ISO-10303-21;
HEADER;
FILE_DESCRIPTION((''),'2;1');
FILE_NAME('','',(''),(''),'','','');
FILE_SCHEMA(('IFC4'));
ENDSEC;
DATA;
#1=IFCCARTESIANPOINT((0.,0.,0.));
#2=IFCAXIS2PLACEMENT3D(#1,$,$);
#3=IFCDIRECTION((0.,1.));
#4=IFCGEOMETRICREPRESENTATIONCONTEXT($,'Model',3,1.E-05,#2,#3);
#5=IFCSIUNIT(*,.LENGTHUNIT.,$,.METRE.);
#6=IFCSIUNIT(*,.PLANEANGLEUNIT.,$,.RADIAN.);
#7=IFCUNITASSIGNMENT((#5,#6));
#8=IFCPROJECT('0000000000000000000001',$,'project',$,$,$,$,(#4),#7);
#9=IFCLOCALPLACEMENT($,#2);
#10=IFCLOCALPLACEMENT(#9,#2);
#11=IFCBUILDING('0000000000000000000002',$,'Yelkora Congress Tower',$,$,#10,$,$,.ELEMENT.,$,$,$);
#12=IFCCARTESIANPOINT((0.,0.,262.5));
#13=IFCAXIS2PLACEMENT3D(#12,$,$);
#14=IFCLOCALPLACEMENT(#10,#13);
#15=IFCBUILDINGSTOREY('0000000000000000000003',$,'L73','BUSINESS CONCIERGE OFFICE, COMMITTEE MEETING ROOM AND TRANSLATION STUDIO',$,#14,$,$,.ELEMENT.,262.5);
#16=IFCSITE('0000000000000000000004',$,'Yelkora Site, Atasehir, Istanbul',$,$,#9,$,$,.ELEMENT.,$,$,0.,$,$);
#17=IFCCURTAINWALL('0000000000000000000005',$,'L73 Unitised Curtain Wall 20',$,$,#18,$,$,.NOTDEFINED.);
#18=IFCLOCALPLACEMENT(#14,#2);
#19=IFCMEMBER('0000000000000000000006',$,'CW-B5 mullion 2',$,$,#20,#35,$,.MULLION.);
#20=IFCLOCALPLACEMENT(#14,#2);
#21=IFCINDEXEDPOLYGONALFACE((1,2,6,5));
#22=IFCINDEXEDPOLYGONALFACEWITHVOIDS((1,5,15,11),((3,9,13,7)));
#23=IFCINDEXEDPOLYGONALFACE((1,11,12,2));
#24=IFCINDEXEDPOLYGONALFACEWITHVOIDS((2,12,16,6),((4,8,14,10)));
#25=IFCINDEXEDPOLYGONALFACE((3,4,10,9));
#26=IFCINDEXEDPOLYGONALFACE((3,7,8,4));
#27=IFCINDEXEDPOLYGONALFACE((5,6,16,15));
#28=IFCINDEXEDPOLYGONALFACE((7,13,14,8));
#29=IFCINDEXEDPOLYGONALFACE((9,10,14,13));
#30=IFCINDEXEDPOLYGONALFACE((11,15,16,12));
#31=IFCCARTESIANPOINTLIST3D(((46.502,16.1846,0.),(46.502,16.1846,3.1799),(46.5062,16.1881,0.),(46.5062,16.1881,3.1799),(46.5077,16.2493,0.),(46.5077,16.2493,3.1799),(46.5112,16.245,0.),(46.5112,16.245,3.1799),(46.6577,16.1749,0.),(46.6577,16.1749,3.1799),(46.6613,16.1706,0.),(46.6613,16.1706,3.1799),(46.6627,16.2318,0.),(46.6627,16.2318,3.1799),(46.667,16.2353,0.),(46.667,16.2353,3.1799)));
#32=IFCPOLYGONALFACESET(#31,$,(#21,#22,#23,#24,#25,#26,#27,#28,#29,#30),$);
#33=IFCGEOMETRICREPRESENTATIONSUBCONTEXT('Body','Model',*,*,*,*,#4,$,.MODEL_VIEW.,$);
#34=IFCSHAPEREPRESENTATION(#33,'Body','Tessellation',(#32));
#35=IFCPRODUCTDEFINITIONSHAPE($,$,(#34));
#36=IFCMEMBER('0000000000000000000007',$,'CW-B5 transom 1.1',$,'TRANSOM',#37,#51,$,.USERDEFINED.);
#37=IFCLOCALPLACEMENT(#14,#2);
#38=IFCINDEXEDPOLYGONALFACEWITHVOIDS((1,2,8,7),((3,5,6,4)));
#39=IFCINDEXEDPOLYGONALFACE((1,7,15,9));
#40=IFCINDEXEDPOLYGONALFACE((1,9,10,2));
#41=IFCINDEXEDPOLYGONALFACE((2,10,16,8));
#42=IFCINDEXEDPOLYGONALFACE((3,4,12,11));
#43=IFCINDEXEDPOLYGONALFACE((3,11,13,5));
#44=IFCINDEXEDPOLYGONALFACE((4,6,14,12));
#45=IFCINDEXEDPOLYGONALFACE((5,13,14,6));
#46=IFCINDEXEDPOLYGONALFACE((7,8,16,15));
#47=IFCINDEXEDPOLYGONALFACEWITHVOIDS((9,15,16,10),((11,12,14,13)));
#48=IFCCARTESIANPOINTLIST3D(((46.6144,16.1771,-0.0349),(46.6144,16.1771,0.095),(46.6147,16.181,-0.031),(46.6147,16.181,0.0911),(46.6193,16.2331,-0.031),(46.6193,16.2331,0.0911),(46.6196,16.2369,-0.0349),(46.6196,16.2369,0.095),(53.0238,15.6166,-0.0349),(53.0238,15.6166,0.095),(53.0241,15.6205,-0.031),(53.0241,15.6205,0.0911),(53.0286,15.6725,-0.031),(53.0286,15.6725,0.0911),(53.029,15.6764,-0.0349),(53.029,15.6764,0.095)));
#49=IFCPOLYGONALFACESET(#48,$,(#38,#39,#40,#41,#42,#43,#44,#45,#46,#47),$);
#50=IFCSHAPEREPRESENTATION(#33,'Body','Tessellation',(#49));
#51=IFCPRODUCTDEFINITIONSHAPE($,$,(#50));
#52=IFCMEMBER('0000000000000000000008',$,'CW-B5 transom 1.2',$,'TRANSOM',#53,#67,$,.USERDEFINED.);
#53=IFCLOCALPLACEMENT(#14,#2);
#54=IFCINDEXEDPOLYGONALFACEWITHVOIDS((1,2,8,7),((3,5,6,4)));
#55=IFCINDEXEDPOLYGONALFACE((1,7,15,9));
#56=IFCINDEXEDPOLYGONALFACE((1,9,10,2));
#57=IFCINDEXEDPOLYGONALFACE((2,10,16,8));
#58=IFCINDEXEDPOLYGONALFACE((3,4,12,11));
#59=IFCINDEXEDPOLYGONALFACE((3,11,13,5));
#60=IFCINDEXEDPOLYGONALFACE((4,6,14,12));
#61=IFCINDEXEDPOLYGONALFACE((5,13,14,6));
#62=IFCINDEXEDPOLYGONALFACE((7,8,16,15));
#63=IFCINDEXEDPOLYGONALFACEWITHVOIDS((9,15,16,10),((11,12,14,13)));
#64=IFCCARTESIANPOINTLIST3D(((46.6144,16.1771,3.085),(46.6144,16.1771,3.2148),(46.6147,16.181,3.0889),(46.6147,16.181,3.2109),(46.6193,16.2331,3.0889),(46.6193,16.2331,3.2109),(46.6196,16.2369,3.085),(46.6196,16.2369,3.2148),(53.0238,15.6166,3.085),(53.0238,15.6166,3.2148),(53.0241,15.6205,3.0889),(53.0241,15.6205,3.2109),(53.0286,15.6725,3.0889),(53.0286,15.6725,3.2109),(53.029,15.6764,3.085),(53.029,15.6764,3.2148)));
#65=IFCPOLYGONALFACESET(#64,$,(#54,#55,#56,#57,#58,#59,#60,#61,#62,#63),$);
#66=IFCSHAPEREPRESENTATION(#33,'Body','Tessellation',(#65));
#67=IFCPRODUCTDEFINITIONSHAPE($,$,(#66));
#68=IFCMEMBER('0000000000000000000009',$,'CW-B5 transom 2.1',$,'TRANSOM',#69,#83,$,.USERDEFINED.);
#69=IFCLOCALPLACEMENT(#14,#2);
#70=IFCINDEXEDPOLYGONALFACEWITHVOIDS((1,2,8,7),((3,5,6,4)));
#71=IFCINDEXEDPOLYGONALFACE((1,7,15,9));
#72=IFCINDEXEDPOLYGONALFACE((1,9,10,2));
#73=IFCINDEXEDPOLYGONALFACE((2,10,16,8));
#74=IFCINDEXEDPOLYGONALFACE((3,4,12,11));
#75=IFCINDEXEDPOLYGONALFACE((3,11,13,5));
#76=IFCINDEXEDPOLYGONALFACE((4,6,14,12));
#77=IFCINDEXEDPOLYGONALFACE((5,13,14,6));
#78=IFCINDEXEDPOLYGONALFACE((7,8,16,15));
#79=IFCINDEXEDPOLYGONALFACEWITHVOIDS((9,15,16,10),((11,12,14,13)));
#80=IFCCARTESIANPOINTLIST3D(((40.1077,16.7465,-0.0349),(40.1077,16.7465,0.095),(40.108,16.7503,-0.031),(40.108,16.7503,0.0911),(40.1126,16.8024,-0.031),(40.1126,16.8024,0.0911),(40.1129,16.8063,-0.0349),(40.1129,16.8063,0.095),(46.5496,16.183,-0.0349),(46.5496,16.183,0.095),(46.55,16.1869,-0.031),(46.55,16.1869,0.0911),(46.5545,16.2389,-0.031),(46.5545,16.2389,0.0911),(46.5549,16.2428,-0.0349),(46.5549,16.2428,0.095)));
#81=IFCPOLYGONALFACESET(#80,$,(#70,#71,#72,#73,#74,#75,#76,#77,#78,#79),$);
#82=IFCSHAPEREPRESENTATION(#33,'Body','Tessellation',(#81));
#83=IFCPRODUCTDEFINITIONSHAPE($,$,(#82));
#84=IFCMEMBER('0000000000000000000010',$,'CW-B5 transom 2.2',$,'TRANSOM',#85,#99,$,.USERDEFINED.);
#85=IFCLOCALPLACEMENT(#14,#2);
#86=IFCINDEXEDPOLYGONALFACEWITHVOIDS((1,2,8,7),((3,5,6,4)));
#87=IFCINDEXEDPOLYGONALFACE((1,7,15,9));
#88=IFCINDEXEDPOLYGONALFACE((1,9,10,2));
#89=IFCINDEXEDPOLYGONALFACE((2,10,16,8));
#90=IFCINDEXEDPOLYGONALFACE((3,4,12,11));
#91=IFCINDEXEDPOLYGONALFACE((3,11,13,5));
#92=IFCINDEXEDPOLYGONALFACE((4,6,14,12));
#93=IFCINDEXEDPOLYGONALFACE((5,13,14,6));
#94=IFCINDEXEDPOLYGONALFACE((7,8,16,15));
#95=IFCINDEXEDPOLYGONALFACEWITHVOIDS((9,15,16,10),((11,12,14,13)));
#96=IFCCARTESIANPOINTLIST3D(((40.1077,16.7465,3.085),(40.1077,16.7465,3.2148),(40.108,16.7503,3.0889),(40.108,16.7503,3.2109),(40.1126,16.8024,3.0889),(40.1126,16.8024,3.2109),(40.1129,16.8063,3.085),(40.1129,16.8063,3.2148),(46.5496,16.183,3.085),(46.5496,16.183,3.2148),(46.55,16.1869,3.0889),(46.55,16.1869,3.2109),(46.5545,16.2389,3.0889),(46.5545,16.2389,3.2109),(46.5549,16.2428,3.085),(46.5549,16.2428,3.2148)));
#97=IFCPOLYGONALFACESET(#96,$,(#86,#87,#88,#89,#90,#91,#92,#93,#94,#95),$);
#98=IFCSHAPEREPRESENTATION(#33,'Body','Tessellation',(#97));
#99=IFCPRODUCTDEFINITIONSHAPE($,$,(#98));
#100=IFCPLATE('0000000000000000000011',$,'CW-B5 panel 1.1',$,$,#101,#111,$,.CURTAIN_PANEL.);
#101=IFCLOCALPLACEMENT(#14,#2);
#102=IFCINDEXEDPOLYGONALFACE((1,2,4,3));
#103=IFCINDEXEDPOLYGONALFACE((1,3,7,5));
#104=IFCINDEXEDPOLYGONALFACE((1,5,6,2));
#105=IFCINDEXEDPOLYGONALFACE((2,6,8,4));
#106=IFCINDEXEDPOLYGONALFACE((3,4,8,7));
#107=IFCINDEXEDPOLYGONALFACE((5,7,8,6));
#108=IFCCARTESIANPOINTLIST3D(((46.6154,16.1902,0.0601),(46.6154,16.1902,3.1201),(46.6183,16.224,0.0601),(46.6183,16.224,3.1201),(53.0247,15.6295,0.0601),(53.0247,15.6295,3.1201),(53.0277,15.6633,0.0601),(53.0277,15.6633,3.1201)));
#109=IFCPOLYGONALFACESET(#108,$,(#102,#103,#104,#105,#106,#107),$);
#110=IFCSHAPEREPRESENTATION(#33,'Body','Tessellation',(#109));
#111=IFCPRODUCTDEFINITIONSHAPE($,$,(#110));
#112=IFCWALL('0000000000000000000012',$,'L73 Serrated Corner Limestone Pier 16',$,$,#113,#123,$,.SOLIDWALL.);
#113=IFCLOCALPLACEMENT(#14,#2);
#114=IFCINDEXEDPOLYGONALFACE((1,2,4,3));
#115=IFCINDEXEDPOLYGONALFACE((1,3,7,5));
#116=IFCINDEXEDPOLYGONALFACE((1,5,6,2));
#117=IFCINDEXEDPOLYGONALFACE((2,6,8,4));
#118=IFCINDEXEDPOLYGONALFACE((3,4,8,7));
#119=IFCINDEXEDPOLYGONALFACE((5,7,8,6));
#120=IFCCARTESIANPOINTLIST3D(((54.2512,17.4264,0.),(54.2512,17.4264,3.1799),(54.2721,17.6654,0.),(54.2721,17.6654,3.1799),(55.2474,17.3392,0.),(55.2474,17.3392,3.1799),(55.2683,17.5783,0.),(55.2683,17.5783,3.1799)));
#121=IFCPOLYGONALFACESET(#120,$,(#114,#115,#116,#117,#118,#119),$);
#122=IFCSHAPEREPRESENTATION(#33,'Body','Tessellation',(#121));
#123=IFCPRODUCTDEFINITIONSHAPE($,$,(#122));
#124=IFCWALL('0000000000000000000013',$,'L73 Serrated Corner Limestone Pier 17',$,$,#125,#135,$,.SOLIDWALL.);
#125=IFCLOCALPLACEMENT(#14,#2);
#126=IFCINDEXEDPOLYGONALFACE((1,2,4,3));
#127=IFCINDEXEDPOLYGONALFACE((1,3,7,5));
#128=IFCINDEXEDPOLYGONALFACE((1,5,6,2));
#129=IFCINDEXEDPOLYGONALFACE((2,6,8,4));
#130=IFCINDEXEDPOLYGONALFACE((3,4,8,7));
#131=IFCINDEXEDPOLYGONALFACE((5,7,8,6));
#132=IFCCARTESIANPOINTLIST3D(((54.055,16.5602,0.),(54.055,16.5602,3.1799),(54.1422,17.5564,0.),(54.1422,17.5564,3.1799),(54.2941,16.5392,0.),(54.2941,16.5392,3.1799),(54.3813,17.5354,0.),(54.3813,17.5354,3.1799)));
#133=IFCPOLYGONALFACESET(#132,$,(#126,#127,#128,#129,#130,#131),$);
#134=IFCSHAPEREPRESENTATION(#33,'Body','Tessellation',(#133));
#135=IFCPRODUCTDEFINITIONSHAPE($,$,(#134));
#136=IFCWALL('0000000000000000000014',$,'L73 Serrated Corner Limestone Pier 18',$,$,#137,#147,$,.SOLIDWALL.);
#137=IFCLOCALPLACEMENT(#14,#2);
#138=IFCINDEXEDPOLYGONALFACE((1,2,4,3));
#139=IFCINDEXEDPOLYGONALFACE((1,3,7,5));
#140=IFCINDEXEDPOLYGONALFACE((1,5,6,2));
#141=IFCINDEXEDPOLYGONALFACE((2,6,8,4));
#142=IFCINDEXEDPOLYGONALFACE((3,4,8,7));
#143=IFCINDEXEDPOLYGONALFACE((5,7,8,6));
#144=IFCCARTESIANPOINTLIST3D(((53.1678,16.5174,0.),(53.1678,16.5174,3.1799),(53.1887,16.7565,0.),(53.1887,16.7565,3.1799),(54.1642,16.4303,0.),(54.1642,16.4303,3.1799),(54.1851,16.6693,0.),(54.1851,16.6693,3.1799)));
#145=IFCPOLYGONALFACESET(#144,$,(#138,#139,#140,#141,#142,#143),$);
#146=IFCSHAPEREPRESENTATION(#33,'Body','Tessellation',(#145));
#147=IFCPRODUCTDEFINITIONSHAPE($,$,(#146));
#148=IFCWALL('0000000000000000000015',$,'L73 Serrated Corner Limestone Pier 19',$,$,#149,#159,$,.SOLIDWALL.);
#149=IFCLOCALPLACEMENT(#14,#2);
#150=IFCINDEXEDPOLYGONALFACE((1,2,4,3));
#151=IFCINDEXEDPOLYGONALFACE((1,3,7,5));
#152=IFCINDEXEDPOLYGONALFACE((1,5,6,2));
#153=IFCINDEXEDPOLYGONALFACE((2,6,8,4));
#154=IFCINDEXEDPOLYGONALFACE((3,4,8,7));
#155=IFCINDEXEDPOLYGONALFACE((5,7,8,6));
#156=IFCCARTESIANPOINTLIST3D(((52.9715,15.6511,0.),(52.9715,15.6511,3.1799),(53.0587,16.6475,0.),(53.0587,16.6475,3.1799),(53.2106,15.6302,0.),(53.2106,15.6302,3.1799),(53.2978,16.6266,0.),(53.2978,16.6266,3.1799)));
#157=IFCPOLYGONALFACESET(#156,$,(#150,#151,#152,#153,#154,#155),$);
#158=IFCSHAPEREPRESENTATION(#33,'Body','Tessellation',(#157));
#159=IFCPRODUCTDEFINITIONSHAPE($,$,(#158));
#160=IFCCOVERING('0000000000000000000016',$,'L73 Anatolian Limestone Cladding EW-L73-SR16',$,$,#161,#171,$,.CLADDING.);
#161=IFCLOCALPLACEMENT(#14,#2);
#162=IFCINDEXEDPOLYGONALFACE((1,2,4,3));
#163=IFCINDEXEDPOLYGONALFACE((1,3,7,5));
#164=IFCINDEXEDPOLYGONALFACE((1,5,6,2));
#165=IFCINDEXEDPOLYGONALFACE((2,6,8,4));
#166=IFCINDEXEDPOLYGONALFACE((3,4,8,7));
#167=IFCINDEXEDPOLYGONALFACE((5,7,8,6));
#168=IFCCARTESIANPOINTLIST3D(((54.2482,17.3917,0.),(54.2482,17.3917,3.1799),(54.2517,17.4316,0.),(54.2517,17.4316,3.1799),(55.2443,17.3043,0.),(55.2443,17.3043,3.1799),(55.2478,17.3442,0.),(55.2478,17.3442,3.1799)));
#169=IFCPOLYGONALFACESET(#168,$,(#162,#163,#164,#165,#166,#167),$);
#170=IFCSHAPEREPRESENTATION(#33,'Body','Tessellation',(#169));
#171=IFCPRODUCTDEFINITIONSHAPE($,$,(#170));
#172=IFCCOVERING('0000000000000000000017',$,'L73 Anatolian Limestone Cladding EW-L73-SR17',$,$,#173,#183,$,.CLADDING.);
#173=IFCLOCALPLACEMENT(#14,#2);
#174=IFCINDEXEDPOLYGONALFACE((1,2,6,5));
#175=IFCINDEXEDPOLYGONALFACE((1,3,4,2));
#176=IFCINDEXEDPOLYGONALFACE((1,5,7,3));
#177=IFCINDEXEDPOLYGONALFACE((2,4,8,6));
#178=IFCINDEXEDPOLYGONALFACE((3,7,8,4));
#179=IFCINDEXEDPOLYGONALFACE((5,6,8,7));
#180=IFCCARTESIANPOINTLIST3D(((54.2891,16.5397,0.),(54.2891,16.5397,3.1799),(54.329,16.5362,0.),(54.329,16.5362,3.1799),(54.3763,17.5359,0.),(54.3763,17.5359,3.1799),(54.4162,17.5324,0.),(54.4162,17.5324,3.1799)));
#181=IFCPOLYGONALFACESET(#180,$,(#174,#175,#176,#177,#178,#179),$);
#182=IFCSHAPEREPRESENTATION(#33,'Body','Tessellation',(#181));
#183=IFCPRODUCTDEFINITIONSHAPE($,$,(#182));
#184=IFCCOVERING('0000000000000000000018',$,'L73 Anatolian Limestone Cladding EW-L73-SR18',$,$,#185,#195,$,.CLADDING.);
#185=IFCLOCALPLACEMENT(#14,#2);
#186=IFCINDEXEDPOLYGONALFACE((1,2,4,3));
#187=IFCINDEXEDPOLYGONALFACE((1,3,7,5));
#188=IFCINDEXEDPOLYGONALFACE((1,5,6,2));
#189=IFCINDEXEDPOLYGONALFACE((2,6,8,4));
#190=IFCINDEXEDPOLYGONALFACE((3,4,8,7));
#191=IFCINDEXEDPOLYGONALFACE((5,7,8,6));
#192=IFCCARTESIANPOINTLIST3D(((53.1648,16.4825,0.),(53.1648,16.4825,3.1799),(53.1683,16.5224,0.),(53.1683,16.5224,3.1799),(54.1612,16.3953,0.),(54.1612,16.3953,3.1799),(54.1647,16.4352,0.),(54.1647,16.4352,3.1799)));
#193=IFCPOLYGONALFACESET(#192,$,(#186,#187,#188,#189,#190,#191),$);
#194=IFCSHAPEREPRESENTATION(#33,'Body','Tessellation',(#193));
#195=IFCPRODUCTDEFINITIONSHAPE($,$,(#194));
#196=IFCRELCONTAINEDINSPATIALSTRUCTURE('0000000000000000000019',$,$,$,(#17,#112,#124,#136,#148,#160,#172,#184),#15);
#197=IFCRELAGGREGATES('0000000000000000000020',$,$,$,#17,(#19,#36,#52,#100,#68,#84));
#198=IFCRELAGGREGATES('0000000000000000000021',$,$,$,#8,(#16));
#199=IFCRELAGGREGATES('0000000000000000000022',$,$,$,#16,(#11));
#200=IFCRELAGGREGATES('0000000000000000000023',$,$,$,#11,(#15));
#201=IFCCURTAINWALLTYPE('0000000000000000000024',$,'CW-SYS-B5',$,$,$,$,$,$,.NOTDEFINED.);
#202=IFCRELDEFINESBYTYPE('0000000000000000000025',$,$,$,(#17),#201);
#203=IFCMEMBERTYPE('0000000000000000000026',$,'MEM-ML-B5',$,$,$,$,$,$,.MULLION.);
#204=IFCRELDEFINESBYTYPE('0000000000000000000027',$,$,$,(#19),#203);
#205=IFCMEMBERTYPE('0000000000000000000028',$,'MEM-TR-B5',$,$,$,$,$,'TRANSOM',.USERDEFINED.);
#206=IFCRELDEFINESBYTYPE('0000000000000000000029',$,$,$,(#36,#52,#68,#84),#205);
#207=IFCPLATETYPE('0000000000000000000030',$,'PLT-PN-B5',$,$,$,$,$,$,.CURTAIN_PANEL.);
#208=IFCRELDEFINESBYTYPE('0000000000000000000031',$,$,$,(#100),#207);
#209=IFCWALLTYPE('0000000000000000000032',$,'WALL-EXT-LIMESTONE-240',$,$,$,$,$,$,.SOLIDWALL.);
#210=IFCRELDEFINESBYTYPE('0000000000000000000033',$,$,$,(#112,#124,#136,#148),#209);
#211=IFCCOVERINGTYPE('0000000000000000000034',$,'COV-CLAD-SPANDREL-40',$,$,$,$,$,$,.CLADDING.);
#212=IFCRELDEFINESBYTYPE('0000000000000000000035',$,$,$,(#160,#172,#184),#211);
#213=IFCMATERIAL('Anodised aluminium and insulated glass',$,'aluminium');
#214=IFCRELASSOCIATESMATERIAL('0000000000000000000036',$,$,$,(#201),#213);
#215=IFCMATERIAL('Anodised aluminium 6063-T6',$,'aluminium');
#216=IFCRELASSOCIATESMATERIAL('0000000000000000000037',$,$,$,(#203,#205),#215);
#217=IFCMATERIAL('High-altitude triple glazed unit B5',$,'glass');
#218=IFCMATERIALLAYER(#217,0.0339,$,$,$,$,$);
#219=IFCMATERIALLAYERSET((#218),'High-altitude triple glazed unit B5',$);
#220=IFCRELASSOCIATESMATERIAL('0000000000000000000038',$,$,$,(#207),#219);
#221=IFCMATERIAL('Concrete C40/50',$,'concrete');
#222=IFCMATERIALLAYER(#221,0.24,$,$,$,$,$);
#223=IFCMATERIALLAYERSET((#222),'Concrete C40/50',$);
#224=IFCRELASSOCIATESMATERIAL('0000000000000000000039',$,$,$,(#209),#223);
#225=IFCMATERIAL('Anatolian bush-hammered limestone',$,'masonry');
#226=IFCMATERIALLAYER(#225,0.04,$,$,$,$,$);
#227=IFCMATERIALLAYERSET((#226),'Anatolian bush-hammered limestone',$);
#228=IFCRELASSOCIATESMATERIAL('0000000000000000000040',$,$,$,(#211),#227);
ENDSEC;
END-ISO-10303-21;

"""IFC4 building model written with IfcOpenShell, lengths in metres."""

from ifc_helpers import new_model, si_unit, direction, frame, frame_2d, origin, origin_2d, place, context, subcontext, project, spatial, rectangle, hollow_rectangle, extrude, material, layer, layer_set, material_profile, profile_set, type_object, element, aggregate, save


model = new_model("IFC4")

# Units and contexts
model_context = context("Model", 3, precision=1e-05, world=origin(), true_north=direction((0.0, 1.0)))
body_context = subcontext(model_context, "Body", "Model", "MODEL_VIEW")
ifc_project = project(units=[si_unit("LENGTHUNIT", "METRE"), si_unit("PLANEANGLEUNIT", "RADIAN")], contexts=[model_context])

# Site, building, storey
site_placement = place(None, origin())
site = spatial("IfcSite", under=ifc_project, at=site_placement, Name="Yelkora Site, Atasehir, Istanbul", CompositionType="ELEMENT", RefElevation=0.0)
building_placement = place(site_placement, origin())
building = spatial("IfcBuilding", under=site, at=building_placement, Name="Yelkora Congress Tower", CompositionType="ELEMENT")
storey_placement = place(building_placement, frame((0.0, 0.0, 262.5)))
storey = spatial("IfcBuildingStorey", under=building, at=storey_placement, Name="L73", Description="BUSINESS CONCIERGE OFFICE, COMMITTEE MEETING ROOM AND TRANSLATION STUDIO", CompositionType="ELEMENT", Elevation=262.5)

# Shared definitions
ifc_material_1 = material(Name="Anodised aluminium and insulated glass", Category="aluminium")
curtain_wall_type = type_object("IfcCurtainWallType", Name="CW-SYS-B5", PredefinedType="NOTDEFINED", material=ifc_material_1)
ifc_material_2 = material(Name="Anodised aluminium 6063-T6", Category="aluminium")
ifc_material_profile_1 = material_profile(ifc_material_2, hollow_rectangle(XDim=0.0649, YDim=0.1599, WallThickness=0.0039, at=origin_2d()), Name="ALU 65x160x4")
ifc_profile_set_1 = profile_set([ifc_material_profile_1], Name="Anodised aluminium 6063-T6")
member_type_1 = type_object("IfcMemberType", Name="MEM-ML-B5", PredefinedType="MULLION", material=ifc_profile_set_1)

# Curtain wall, members, plate
curtain_wall_1_placement = place(storey_placement, origin())
curtain_wall_1 = element("IfcCurtainWall", 1, at=curtain_wall_1_placement, inside=storey, type_object=curtain_wall_type, Name="L73 Unitised Curtain Wall 20", PredefinedType="NOTDEFINED")
member_1_placement = place(storey_placement, frame((46.5845, 16.21, 0.0), z_axis=(0.0, 0.0, 1.0), x_axis=(-0.087157, -0.996195, 0.0)))
member_1 = element("IfcMember", 2, at=member_1_placement, type_object=member_type_1, Name="CW-B5 mullion 2", PredefinedType="MULLION", context=body_context, shape_type="SweptSolid", body=[
    extrude(hollow_rectangle(XDim=0.0649, YDim=0.1599, WallThickness=0.0039, at=origin_2d()), origin(), (0.0, 0.0, 1.0), 3.1799),
])
ifc_material_profile_2 = material_profile(ifc_material_2, hollow_rectangle(XDim=0.0601, YDim=0.1299, WallThickness=0.0039, at=origin_2d()), Name="ALU 60x130x4")
ifc_profile_set_2 = profile_set([ifc_material_profile_2], Name="Anodised aluminium 6063-T6")
member_type_2 = type_object("IfcMemberType", Name="MEM-TR-B5", ElementType="TRANSOM", PredefinedType="USERDEFINED", material=ifc_profile_set_2)
member_2_placement = place(storey_placement, frame((53.0264, 15.6465, 0.03), z_axis=(-0.996197, 0.087124, 0.0), x_axis=(-0.087124, -0.996197, 0.0)))
member_2 = element("IfcMember", 3, at=member_2_placement, type_object=member_type_2, Name="CW-B5 transom 1.1", ObjectType="TRANSOM", PredefinedType="USERDEFINED", context=body_context, shape_type="SweptSolid", body=[
    extrude(hollow_rectangle(XDim=0.0601, YDim=0.1299, WallThickness=0.0039, at=origin_2d()), origin(), (0.0, 0.0, 1.0), 6.4338),
])
member_3_placement = place(storey_placement, frame((53.0264, 15.6465, 3.1499), z_axis=(-0.996197, 0.087124, 0.0), x_axis=(-0.087124, -0.996197, 0.0)))
member_3 = element("IfcMember", 4, at=member_3_placement, type_object=member_type_2, Name="CW-B5 transom 1.2", ObjectType="TRANSOM", PredefinedType="USERDEFINED", context=body_context, shape_type="SweptSolid", body=[
    extrude(hollow_rectangle(XDim=0.0601, YDim=0.1299, WallThickness=0.0039, at=origin_2d()), origin(), (0.0, 0.0, 1.0), 6.4338),
])
member_4_placement = place(storey_placement, frame((46.5522, 16.2129, 0.03), z_axis=(-0.996196, 0.087138, 0.0), x_axis=(-0.087138, -0.996196, 0.0)))
member_4 = element("IfcMember", 5, at=member_4_placement, type_object=member_type_2, Name="CW-B5 transom 2.1", ObjectType="TRANSOM", PredefinedType="USERDEFINED", context=body_context, shape_type="SweptSolid", body=[
    extrude(hollow_rectangle(XDim=0.0601, YDim=0.1299, WallThickness=0.0039, at=origin_2d()), origin(), (0.0, 0.0, 1.0), 6.4666),
])
member_5_placement = place(storey_placement, frame((46.5522, 16.2129, 3.1499), z_axis=(-0.996196, 0.087138, 0.0), x_axis=(-0.087138, -0.996196, 0.0)))
member_5 = element("IfcMember", 6, at=member_5_placement, type_object=member_type_2, Name="CW-B5 transom 2.2", ObjectType="TRANSOM", PredefinedType="USERDEFINED", context=body_context, shape_type="SweptSolid", body=[
    extrude(hollow_rectangle(XDim=0.0601, YDim=0.1299, WallThickness=0.0039, at=origin_2d()), origin(), (0.0, 0.0, 1.0), 6.4666),
])
ifc_material_3 = material(Name="High-altitude triple glazed unit B5", Category="glass")
ifc_layer_1 = layer(ifc_material_3, 0.0339)
ifc_layer_set_1 = layer_set([ifc_layer_1], Name="High-altitude triple glazed unit B5")
plate_type = type_object("IfcPlateType", Name="PLT-PN-B5", PredefinedType="CURTAIN_PANEL", material=ifc_layer_set_1)
plate_placement = place(storey_placement, frame((49.8215, 15.9268, 0.0601), z_axis=(0.0, 0.0, 1.0), x_axis=(-0.996195, 0.087157, 0.0)))
plate = element("IfcPlate", 7, at=plate_placement, type_object=plate_type, Name="CW-B5 panel 1.1", PredefinedType="CURTAIN_PANEL", context=body_context, shape_type="SweptSolid", body=[
    extrude(rectangle(XDim=6.4338, YDim=0.0339, at=origin_2d()), origin(), (0.0, 0.0, 1.0), 3.0601),
])
aggregate(curtain_wall_1, [member_1, member_2, member_3, plate, member_4, member_5])

# Walls
ifc_material_4 = material(Name="Concrete C40/50", Category="concrete")
ifc_layer_2 = layer(ifc_material_4, 0.24)
ifc_layer_set_2 = layer_set([ifc_layer_2], Name="Concrete C40/50")
wall_type = type_object("IfcWallType", Name="WALL-EXT-LIMESTONE-240", PredefinedType="SOLIDWALL", material=ifc_layer_set_2)
for number, where, z_axis, x_axis, name in (
    (8, (55.2578, 17.4587, 0.0), (0.0, 0.0, 1.0), (-0.996194, 0.087167, 0.0), "L73 Serrated Corner Limestone Pier 16"),
    (9, (54.2617, 17.5459, 0.0), (0.0, 0.0, 1.0), (-0.087167, -0.996194, 0.0), "L73 Serrated Corner Limestone Pier 17"),
):
    element("IfcWall", number, at=place(storey_placement, frame(where, z_axis=z_axis, x_axis=x_axis)), inside=storey, type_object=wall_type, Name=name, PredefinedType="SOLIDWALL", context=body_context, shape_type="SweptSolid", body=[
        extrude(rectangle(XDim=1.0, YDim=0.24, at=frame_2d((0.5, 0.0))), origin(), (0.0, 0.0, 1.0), 3.1799),
    ])
for number, where, z_axis, x_axis, name in (
    (10, (54.1746, 16.5498, 0.0), (0.0, 0.0, 1.0), (-0.996196, 0.087146, 0.0), "L73 Serrated Corner Limestone Pier 18"),
    (11, (53.1782, 16.637, 0.0), (0.0, 0.0, 1.0), (-0.087146, -0.996196, 0.0), "L73 Serrated Corner Limestone Pier 19"),
):
    element("IfcWall", number, at=place(storey_placement, frame(where, z_axis=z_axis, x_axis=x_axis)), inside=storey, type_object=wall_type, Name=name, PredefinedType="SOLIDWALL", context=body_context, shape_type="SweptSolid", body=[
        extrude(rectangle(XDim=1.0002, YDim=0.24, at=frame_2d((0.5, 0.0))), origin(), (0.0, 0.0, 1.0), 3.1799),
    ])

# Coverings
ifc_material_5 = material(Name="Anatolian bush-hammered limestone", Category="masonry")
ifc_layer_3 = layer(ifc_material_5, 0.04)
ifc_layer_set_3 = layer_set([ifc_layer_3], Name="Anatolian bush-hammered limestone")
covering_type = type_object("IfcCoveringType", Name="COV-CLAD-SPANDREL-40", PredefinedType="CLADDING", material=ifc_layer_set_3)
for number, where, z_axis, x_axis, name in (
    (12, (55.2461, 17.3242, 0.0), (0.0, 0.0, 1.0), (-0.996172, 0.087409, 0.0), "L73 Anatolian Limestone Cladding EW-L73-SR16"),
    (13, (54.3962, 17.5342, 0.0), (0.0, 0.0, 1.0), (-0.087167, -0.996194, 0.0), "L73 Anatolian Limestone Cladding EW-L73-SR17"),
):
    element("IfcCovering", number, at=place(storey_placement, frame(where, z_axis=z_axis, x_axis=x_axis)), inside=storey, type_object=covering_type, Name=name, PredefinedType="CLADDING", context=body_context, shape_type="SweptSolid", body=[
        extrude(rectangle(XDim=1.0, YDim=0.04, at=frame_2d((0.5, 0.0))), origin(), (0.0, 0.0, 1.0), 3.1799),
    ])
covering_1_placement = place(storey_placement, frame((54.1628, 16.4153, 0.0), z_axis=(0.0, 0.0, 1.0), x_axis=(-0.996196, 0.087146, 0.0)))
element("IfcCovering", 14, at=covering_1_placement, inside=storey, type_object=covering_type, Name="L73 Anatolian Limestone Cladding EW-L73-SR18", PredefinedType="CLADDING", context=body_context, shape_type="SweptSolid", body=[
    extrude(rectangle(XDim=1.0002, YDim=0.04, at=frame_2d((0.5, 0.0))), origin(), (0.0, 0.0, 1.0), 3.1799),
])

save(model, "model.ifc")
